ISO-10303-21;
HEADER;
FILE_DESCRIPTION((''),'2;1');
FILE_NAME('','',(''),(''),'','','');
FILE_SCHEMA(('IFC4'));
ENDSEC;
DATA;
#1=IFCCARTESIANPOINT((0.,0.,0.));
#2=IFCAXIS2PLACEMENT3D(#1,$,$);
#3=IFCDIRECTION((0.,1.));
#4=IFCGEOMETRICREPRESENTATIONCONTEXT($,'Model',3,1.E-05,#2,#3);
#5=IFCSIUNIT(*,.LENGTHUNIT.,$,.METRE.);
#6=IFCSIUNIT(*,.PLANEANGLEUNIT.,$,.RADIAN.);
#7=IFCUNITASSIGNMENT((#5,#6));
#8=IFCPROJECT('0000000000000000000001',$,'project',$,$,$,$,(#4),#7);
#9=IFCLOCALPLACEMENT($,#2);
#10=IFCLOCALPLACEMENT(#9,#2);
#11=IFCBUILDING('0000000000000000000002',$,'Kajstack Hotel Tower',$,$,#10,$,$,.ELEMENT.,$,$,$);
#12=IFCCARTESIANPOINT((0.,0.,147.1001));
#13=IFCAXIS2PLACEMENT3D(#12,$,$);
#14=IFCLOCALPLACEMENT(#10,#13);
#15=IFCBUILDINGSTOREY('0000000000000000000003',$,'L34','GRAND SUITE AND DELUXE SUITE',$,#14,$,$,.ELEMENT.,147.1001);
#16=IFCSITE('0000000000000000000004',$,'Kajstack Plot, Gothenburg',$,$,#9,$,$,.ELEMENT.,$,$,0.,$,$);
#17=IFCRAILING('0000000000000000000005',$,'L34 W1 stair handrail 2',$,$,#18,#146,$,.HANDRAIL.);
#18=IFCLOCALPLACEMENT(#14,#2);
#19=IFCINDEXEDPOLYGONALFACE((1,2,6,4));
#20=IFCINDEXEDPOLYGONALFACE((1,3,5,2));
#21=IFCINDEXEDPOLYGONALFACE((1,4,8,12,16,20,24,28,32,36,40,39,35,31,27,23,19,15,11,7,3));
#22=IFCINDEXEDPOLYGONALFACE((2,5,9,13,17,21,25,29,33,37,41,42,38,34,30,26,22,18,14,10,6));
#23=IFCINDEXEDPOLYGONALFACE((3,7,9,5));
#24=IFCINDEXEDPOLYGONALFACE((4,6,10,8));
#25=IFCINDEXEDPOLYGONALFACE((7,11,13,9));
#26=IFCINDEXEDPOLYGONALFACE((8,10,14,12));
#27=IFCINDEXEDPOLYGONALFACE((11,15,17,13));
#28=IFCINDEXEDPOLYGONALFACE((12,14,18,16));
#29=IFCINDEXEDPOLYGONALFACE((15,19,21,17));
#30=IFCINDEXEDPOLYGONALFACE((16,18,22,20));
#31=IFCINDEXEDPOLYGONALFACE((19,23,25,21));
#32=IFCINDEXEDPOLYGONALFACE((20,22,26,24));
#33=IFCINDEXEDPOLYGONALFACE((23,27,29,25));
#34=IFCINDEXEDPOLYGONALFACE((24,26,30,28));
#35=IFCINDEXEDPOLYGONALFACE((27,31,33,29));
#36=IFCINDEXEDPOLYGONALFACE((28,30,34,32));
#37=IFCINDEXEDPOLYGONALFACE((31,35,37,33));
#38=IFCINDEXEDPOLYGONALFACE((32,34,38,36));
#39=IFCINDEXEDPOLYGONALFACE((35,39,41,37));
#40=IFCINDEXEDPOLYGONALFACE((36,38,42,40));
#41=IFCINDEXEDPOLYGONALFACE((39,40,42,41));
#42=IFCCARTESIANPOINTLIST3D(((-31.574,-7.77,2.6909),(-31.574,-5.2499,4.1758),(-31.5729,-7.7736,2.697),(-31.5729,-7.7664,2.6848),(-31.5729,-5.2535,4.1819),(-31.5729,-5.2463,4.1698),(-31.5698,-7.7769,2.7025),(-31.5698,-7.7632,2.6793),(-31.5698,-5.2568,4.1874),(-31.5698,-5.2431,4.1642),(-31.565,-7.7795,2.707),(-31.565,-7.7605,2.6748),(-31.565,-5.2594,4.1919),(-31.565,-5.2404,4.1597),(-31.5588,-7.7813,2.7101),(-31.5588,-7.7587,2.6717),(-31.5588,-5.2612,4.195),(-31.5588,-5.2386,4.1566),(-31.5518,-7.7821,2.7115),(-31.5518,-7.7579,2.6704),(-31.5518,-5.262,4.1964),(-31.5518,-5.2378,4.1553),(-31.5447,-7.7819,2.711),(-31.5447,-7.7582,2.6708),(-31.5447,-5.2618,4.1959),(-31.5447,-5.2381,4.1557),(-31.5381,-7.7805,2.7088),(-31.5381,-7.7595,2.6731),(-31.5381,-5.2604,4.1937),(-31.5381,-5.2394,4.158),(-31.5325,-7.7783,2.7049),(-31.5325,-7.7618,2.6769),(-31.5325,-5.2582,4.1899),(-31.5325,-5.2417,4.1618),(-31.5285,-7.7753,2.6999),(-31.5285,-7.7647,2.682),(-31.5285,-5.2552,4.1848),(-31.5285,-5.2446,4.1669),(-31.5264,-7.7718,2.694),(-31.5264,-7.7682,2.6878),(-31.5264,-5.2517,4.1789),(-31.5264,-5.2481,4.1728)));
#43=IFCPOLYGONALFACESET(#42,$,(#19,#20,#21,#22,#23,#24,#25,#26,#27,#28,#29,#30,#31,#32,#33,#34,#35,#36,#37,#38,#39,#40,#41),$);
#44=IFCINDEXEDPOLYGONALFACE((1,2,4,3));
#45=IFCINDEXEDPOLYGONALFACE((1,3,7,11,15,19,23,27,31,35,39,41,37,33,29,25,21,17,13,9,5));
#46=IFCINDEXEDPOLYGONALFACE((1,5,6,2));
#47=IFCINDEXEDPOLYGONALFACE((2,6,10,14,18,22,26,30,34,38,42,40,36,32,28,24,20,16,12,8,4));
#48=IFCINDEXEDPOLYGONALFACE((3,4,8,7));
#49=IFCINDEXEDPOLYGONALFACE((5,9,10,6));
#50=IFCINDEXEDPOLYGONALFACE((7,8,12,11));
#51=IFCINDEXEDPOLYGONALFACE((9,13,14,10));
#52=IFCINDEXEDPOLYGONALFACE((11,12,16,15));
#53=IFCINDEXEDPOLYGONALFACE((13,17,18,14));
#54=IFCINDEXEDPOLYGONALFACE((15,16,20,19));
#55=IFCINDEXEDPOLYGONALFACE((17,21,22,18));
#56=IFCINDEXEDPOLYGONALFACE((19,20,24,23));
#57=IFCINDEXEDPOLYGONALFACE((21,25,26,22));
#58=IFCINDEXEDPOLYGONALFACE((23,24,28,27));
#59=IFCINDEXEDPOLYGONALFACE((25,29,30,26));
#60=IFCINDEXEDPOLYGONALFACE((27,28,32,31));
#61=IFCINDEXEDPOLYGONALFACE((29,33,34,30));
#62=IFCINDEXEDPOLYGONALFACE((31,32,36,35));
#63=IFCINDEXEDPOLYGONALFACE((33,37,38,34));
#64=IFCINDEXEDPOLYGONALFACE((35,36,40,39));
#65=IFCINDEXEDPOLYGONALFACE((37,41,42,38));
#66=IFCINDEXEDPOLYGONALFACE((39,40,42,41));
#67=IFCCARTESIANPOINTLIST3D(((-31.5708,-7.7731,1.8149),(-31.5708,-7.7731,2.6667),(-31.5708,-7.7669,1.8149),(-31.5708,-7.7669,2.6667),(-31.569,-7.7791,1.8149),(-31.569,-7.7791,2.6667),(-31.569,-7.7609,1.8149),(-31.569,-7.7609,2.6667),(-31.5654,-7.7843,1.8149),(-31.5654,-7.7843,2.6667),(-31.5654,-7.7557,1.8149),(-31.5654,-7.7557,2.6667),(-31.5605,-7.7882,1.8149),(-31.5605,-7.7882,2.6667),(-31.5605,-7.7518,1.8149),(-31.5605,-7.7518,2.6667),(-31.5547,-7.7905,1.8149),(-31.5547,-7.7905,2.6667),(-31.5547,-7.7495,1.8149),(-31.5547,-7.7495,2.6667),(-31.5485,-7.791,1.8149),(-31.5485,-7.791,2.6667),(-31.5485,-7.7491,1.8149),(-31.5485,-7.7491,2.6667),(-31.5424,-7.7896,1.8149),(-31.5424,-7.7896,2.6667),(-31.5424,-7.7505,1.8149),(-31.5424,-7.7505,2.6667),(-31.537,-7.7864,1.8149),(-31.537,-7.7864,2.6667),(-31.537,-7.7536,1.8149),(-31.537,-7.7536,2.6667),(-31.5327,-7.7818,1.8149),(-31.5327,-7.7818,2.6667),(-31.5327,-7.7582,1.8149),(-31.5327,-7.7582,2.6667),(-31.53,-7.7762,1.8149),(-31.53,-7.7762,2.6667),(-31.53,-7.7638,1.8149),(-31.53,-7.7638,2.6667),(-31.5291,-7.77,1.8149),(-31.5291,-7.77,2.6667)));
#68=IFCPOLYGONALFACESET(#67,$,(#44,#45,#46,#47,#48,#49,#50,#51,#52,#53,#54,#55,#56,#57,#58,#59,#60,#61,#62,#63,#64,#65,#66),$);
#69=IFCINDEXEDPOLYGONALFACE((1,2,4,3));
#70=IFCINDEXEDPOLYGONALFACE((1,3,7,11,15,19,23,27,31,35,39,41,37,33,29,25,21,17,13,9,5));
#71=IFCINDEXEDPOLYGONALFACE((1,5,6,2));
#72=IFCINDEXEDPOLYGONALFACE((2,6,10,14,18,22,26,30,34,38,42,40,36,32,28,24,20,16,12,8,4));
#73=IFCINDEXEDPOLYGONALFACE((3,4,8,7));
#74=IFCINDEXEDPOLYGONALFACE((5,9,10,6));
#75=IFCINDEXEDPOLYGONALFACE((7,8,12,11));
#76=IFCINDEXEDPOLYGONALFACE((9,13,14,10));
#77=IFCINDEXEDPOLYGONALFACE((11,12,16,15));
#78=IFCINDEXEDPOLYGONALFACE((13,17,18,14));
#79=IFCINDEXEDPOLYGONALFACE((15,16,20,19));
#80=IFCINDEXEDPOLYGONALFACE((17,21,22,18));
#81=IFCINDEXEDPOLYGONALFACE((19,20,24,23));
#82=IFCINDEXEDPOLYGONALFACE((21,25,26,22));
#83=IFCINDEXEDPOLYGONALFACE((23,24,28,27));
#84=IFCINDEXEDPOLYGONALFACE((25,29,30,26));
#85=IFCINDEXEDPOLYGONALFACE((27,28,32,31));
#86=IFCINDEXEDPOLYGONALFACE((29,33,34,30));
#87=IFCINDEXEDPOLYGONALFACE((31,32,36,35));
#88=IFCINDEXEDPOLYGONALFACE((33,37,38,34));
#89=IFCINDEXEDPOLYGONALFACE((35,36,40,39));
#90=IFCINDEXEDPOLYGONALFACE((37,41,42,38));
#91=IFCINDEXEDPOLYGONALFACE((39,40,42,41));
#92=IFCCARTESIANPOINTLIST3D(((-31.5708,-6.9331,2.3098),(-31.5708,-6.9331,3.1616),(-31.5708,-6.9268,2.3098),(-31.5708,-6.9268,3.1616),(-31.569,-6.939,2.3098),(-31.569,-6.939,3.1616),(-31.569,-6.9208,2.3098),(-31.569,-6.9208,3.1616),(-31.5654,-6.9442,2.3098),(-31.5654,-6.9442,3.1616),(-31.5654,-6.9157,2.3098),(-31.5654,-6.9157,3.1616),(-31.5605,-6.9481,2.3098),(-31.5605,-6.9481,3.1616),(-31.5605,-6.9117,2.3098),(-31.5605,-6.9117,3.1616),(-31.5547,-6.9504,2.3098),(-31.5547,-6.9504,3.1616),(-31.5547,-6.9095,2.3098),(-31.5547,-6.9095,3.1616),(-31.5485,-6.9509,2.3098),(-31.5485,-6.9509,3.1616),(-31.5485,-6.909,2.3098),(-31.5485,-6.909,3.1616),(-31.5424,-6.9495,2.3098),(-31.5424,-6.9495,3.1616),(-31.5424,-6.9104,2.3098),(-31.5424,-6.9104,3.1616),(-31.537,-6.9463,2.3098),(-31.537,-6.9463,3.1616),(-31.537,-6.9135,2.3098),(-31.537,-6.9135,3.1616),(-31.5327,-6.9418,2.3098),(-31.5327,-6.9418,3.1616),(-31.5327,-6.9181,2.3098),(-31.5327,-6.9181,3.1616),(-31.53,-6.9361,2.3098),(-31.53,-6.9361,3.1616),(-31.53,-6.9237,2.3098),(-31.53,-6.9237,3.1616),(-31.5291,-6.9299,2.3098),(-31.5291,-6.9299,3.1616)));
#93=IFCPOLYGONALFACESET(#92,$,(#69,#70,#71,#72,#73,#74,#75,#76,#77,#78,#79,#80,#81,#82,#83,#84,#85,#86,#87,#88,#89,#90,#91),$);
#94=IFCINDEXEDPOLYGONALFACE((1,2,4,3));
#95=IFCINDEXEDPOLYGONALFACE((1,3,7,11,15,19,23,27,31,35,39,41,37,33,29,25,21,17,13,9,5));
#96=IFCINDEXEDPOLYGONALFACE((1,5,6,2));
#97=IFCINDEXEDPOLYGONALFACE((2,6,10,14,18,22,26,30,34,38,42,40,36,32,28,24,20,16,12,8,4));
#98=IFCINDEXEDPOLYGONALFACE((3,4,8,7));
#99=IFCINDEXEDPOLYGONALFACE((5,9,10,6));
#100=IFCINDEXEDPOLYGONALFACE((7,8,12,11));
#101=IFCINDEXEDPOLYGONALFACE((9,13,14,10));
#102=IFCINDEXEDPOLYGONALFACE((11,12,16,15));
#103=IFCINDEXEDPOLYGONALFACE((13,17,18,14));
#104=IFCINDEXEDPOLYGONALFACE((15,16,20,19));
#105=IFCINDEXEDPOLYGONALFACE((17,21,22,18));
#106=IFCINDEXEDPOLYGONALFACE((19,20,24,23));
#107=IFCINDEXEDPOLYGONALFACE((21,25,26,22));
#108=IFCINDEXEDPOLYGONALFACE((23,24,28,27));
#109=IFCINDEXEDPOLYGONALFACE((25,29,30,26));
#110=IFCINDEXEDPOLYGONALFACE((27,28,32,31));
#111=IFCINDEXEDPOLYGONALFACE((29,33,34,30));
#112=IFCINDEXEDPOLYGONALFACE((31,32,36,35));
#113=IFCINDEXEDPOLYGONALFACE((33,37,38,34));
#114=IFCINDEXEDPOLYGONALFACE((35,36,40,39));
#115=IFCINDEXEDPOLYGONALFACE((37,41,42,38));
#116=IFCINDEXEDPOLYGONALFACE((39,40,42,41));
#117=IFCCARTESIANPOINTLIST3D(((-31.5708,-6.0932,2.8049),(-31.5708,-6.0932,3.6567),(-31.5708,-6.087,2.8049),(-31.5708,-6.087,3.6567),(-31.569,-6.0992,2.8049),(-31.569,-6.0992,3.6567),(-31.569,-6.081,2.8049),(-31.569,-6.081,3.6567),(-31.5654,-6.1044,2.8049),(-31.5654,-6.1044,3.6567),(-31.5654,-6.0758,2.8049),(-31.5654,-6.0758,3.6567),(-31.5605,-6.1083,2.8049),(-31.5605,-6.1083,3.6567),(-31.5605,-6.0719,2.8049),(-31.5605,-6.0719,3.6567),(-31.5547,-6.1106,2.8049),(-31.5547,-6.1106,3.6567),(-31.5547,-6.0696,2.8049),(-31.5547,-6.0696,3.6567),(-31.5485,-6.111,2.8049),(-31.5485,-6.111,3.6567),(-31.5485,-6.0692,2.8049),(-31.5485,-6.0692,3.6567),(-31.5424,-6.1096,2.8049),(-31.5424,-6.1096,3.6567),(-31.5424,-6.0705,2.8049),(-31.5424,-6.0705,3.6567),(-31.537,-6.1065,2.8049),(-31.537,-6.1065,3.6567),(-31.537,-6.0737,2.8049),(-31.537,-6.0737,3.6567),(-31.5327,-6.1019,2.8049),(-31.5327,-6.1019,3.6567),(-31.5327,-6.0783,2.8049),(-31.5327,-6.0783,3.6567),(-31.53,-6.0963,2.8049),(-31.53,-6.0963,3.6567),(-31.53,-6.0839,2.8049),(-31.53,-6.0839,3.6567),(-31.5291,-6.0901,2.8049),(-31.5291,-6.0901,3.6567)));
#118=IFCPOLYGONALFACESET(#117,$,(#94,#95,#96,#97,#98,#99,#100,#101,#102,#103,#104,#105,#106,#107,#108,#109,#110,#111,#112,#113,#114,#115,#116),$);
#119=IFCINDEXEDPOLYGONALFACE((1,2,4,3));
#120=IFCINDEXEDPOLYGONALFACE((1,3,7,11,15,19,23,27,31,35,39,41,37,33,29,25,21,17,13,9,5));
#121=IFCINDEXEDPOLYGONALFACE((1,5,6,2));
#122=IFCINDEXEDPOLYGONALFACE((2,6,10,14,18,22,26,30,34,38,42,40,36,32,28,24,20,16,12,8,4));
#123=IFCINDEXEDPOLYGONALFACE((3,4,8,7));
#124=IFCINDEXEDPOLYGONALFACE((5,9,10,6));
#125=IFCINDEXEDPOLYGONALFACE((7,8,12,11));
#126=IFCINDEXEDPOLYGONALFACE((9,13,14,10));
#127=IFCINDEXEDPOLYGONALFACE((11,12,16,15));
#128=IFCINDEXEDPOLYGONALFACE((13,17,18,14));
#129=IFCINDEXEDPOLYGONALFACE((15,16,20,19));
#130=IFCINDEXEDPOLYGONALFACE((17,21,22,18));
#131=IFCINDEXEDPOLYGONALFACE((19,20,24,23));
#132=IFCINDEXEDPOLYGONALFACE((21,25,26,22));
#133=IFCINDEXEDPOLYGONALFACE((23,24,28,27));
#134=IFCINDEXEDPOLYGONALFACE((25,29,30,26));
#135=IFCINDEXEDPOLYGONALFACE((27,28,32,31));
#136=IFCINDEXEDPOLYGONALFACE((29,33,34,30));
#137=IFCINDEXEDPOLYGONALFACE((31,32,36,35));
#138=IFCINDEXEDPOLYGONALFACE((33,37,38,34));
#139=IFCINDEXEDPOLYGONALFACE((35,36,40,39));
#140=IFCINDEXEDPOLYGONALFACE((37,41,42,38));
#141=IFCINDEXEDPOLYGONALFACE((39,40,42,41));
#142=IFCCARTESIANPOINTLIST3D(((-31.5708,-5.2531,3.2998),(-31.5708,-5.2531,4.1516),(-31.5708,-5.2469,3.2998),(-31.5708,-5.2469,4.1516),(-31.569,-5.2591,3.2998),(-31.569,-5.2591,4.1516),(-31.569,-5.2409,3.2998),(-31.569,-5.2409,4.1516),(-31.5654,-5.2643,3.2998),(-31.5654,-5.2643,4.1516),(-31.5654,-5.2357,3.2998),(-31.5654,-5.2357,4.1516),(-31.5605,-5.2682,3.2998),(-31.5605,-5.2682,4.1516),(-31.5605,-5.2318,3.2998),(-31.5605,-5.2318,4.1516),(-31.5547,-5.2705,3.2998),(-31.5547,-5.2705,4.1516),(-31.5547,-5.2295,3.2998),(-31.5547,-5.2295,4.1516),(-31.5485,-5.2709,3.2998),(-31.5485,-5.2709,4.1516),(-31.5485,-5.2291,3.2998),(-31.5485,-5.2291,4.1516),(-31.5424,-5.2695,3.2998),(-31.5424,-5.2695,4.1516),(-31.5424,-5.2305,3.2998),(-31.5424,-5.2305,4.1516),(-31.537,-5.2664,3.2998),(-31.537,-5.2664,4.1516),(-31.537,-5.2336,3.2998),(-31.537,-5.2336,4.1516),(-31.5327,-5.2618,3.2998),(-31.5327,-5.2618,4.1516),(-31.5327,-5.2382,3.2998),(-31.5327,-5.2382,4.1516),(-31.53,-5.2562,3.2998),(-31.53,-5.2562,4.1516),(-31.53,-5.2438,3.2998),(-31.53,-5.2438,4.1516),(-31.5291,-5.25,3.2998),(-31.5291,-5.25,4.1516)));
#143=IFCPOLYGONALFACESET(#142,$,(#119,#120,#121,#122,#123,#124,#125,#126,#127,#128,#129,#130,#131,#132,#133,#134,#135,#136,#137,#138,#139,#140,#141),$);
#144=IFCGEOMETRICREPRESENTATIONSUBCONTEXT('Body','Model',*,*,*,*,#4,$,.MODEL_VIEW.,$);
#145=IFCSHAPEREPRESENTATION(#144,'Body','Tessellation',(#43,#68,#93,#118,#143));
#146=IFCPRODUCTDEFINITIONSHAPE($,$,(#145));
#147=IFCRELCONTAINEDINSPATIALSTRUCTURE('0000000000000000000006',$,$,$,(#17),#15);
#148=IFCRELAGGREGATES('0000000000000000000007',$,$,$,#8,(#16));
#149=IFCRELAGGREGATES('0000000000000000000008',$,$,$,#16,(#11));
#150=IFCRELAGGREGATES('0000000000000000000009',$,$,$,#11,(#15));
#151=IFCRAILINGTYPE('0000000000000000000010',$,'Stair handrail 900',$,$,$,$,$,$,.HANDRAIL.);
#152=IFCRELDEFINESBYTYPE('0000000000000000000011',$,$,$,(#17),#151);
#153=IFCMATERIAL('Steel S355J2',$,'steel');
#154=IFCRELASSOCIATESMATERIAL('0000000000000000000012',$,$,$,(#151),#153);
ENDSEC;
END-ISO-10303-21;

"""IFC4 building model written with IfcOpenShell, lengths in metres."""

from ifc_helpers import new_model, si_unit, direction, frame, origin, origin_2d, place, context, subcontext, project, spatial, circle, extrude, material, type_object, element, save


model = new_model("IFC4")

# Units and contexts
model_context = context("Model", 3, precision=1e-05, world=origin(), true_north=direction((0.0, 1.0)))
body_context = subcontext(model_context, "Body", "Model", "MODEL_VIEW")
ifc_project = project(units=[si_unit("LENGTHUNIT", "METRE"), si_unit("PLANEANGLEUNIT", "RADIAN")], contexts=[model_context])

# Site, building, storey
site_placement = place(None, origin())
site = spatial("IfcSite", under=ifc_project, at=site_placement, Name="Kajstack Plot, Gothenburg", CompositionType="ELEMENT", RefElevation=0.0)
building_placement = place(site_placement, origin())
building = spatial("IfcBuilding", under=site, at=building_placement, Name="Kajstack Hotel Tower", CompositionType="ELEMENT")
storey_placement = place(building_placement, frame((0.0, 0.0, 147.1001)))
storey = spatial("IfcBuildingStorey", under=building, at=storey_placement, Name="L34", Description="GRAND SUITE AND DELUXE SUITE", CompositionType="ELEMENT", Elevation=147.1001)

# Railing
ifc_material_1 = material(Name="Steel S355J2", Category="steel")
railing_type_1 = type_object("IfcRailingType", Name="Stair handrail 900", PredefinedType="HANDRAIL", material=ifc_material_1)
railing_1_placement = place(storey_placement, frame((-31.55, -7.77, 1.8149)))
element("IfcRailing", 1, at=railing_1_placement, inside=storey, type_object=railing_type_1, Name="L34 W1 stair handrail 2", PredefinedType="HANDRAIL", context=body_context, shape_type="SweptSolid", body=[
    extrude(circle(Radius=0.0239, at=origin_2d()), frame((0.0, 0.0, 0.876), z_axis=(0.0, 0.861561, 0.507655), x_axis=(-1.0, 0.0, 0.0)), (0.0, 0.0, 1.0), 2.925),
    extrude(circle(Radius=0.021, at=origin_2d()), origin(), (0.0, 0.0, 1.0), 0.8518),
    extrude(circle(Radius=0.021, at=origin_2d()), frame((0.0, 0.8401, 0.4949)), (0.0, 0.0, 1.0), 0.8518),
    extrude(circle(Radius=0.021, at=origin_2d()), frame((0.0, 1.6799, 0.99)), (0.0, 0.0, 1.0), 0.8518),
    extrude(circle(Radius=0.021, at=origin_2d()), frame((0.0, 2.52, 1.4849)), (0.0, 0.0, 1.0), 0.8518),
])

save(model, "model.ifc")
